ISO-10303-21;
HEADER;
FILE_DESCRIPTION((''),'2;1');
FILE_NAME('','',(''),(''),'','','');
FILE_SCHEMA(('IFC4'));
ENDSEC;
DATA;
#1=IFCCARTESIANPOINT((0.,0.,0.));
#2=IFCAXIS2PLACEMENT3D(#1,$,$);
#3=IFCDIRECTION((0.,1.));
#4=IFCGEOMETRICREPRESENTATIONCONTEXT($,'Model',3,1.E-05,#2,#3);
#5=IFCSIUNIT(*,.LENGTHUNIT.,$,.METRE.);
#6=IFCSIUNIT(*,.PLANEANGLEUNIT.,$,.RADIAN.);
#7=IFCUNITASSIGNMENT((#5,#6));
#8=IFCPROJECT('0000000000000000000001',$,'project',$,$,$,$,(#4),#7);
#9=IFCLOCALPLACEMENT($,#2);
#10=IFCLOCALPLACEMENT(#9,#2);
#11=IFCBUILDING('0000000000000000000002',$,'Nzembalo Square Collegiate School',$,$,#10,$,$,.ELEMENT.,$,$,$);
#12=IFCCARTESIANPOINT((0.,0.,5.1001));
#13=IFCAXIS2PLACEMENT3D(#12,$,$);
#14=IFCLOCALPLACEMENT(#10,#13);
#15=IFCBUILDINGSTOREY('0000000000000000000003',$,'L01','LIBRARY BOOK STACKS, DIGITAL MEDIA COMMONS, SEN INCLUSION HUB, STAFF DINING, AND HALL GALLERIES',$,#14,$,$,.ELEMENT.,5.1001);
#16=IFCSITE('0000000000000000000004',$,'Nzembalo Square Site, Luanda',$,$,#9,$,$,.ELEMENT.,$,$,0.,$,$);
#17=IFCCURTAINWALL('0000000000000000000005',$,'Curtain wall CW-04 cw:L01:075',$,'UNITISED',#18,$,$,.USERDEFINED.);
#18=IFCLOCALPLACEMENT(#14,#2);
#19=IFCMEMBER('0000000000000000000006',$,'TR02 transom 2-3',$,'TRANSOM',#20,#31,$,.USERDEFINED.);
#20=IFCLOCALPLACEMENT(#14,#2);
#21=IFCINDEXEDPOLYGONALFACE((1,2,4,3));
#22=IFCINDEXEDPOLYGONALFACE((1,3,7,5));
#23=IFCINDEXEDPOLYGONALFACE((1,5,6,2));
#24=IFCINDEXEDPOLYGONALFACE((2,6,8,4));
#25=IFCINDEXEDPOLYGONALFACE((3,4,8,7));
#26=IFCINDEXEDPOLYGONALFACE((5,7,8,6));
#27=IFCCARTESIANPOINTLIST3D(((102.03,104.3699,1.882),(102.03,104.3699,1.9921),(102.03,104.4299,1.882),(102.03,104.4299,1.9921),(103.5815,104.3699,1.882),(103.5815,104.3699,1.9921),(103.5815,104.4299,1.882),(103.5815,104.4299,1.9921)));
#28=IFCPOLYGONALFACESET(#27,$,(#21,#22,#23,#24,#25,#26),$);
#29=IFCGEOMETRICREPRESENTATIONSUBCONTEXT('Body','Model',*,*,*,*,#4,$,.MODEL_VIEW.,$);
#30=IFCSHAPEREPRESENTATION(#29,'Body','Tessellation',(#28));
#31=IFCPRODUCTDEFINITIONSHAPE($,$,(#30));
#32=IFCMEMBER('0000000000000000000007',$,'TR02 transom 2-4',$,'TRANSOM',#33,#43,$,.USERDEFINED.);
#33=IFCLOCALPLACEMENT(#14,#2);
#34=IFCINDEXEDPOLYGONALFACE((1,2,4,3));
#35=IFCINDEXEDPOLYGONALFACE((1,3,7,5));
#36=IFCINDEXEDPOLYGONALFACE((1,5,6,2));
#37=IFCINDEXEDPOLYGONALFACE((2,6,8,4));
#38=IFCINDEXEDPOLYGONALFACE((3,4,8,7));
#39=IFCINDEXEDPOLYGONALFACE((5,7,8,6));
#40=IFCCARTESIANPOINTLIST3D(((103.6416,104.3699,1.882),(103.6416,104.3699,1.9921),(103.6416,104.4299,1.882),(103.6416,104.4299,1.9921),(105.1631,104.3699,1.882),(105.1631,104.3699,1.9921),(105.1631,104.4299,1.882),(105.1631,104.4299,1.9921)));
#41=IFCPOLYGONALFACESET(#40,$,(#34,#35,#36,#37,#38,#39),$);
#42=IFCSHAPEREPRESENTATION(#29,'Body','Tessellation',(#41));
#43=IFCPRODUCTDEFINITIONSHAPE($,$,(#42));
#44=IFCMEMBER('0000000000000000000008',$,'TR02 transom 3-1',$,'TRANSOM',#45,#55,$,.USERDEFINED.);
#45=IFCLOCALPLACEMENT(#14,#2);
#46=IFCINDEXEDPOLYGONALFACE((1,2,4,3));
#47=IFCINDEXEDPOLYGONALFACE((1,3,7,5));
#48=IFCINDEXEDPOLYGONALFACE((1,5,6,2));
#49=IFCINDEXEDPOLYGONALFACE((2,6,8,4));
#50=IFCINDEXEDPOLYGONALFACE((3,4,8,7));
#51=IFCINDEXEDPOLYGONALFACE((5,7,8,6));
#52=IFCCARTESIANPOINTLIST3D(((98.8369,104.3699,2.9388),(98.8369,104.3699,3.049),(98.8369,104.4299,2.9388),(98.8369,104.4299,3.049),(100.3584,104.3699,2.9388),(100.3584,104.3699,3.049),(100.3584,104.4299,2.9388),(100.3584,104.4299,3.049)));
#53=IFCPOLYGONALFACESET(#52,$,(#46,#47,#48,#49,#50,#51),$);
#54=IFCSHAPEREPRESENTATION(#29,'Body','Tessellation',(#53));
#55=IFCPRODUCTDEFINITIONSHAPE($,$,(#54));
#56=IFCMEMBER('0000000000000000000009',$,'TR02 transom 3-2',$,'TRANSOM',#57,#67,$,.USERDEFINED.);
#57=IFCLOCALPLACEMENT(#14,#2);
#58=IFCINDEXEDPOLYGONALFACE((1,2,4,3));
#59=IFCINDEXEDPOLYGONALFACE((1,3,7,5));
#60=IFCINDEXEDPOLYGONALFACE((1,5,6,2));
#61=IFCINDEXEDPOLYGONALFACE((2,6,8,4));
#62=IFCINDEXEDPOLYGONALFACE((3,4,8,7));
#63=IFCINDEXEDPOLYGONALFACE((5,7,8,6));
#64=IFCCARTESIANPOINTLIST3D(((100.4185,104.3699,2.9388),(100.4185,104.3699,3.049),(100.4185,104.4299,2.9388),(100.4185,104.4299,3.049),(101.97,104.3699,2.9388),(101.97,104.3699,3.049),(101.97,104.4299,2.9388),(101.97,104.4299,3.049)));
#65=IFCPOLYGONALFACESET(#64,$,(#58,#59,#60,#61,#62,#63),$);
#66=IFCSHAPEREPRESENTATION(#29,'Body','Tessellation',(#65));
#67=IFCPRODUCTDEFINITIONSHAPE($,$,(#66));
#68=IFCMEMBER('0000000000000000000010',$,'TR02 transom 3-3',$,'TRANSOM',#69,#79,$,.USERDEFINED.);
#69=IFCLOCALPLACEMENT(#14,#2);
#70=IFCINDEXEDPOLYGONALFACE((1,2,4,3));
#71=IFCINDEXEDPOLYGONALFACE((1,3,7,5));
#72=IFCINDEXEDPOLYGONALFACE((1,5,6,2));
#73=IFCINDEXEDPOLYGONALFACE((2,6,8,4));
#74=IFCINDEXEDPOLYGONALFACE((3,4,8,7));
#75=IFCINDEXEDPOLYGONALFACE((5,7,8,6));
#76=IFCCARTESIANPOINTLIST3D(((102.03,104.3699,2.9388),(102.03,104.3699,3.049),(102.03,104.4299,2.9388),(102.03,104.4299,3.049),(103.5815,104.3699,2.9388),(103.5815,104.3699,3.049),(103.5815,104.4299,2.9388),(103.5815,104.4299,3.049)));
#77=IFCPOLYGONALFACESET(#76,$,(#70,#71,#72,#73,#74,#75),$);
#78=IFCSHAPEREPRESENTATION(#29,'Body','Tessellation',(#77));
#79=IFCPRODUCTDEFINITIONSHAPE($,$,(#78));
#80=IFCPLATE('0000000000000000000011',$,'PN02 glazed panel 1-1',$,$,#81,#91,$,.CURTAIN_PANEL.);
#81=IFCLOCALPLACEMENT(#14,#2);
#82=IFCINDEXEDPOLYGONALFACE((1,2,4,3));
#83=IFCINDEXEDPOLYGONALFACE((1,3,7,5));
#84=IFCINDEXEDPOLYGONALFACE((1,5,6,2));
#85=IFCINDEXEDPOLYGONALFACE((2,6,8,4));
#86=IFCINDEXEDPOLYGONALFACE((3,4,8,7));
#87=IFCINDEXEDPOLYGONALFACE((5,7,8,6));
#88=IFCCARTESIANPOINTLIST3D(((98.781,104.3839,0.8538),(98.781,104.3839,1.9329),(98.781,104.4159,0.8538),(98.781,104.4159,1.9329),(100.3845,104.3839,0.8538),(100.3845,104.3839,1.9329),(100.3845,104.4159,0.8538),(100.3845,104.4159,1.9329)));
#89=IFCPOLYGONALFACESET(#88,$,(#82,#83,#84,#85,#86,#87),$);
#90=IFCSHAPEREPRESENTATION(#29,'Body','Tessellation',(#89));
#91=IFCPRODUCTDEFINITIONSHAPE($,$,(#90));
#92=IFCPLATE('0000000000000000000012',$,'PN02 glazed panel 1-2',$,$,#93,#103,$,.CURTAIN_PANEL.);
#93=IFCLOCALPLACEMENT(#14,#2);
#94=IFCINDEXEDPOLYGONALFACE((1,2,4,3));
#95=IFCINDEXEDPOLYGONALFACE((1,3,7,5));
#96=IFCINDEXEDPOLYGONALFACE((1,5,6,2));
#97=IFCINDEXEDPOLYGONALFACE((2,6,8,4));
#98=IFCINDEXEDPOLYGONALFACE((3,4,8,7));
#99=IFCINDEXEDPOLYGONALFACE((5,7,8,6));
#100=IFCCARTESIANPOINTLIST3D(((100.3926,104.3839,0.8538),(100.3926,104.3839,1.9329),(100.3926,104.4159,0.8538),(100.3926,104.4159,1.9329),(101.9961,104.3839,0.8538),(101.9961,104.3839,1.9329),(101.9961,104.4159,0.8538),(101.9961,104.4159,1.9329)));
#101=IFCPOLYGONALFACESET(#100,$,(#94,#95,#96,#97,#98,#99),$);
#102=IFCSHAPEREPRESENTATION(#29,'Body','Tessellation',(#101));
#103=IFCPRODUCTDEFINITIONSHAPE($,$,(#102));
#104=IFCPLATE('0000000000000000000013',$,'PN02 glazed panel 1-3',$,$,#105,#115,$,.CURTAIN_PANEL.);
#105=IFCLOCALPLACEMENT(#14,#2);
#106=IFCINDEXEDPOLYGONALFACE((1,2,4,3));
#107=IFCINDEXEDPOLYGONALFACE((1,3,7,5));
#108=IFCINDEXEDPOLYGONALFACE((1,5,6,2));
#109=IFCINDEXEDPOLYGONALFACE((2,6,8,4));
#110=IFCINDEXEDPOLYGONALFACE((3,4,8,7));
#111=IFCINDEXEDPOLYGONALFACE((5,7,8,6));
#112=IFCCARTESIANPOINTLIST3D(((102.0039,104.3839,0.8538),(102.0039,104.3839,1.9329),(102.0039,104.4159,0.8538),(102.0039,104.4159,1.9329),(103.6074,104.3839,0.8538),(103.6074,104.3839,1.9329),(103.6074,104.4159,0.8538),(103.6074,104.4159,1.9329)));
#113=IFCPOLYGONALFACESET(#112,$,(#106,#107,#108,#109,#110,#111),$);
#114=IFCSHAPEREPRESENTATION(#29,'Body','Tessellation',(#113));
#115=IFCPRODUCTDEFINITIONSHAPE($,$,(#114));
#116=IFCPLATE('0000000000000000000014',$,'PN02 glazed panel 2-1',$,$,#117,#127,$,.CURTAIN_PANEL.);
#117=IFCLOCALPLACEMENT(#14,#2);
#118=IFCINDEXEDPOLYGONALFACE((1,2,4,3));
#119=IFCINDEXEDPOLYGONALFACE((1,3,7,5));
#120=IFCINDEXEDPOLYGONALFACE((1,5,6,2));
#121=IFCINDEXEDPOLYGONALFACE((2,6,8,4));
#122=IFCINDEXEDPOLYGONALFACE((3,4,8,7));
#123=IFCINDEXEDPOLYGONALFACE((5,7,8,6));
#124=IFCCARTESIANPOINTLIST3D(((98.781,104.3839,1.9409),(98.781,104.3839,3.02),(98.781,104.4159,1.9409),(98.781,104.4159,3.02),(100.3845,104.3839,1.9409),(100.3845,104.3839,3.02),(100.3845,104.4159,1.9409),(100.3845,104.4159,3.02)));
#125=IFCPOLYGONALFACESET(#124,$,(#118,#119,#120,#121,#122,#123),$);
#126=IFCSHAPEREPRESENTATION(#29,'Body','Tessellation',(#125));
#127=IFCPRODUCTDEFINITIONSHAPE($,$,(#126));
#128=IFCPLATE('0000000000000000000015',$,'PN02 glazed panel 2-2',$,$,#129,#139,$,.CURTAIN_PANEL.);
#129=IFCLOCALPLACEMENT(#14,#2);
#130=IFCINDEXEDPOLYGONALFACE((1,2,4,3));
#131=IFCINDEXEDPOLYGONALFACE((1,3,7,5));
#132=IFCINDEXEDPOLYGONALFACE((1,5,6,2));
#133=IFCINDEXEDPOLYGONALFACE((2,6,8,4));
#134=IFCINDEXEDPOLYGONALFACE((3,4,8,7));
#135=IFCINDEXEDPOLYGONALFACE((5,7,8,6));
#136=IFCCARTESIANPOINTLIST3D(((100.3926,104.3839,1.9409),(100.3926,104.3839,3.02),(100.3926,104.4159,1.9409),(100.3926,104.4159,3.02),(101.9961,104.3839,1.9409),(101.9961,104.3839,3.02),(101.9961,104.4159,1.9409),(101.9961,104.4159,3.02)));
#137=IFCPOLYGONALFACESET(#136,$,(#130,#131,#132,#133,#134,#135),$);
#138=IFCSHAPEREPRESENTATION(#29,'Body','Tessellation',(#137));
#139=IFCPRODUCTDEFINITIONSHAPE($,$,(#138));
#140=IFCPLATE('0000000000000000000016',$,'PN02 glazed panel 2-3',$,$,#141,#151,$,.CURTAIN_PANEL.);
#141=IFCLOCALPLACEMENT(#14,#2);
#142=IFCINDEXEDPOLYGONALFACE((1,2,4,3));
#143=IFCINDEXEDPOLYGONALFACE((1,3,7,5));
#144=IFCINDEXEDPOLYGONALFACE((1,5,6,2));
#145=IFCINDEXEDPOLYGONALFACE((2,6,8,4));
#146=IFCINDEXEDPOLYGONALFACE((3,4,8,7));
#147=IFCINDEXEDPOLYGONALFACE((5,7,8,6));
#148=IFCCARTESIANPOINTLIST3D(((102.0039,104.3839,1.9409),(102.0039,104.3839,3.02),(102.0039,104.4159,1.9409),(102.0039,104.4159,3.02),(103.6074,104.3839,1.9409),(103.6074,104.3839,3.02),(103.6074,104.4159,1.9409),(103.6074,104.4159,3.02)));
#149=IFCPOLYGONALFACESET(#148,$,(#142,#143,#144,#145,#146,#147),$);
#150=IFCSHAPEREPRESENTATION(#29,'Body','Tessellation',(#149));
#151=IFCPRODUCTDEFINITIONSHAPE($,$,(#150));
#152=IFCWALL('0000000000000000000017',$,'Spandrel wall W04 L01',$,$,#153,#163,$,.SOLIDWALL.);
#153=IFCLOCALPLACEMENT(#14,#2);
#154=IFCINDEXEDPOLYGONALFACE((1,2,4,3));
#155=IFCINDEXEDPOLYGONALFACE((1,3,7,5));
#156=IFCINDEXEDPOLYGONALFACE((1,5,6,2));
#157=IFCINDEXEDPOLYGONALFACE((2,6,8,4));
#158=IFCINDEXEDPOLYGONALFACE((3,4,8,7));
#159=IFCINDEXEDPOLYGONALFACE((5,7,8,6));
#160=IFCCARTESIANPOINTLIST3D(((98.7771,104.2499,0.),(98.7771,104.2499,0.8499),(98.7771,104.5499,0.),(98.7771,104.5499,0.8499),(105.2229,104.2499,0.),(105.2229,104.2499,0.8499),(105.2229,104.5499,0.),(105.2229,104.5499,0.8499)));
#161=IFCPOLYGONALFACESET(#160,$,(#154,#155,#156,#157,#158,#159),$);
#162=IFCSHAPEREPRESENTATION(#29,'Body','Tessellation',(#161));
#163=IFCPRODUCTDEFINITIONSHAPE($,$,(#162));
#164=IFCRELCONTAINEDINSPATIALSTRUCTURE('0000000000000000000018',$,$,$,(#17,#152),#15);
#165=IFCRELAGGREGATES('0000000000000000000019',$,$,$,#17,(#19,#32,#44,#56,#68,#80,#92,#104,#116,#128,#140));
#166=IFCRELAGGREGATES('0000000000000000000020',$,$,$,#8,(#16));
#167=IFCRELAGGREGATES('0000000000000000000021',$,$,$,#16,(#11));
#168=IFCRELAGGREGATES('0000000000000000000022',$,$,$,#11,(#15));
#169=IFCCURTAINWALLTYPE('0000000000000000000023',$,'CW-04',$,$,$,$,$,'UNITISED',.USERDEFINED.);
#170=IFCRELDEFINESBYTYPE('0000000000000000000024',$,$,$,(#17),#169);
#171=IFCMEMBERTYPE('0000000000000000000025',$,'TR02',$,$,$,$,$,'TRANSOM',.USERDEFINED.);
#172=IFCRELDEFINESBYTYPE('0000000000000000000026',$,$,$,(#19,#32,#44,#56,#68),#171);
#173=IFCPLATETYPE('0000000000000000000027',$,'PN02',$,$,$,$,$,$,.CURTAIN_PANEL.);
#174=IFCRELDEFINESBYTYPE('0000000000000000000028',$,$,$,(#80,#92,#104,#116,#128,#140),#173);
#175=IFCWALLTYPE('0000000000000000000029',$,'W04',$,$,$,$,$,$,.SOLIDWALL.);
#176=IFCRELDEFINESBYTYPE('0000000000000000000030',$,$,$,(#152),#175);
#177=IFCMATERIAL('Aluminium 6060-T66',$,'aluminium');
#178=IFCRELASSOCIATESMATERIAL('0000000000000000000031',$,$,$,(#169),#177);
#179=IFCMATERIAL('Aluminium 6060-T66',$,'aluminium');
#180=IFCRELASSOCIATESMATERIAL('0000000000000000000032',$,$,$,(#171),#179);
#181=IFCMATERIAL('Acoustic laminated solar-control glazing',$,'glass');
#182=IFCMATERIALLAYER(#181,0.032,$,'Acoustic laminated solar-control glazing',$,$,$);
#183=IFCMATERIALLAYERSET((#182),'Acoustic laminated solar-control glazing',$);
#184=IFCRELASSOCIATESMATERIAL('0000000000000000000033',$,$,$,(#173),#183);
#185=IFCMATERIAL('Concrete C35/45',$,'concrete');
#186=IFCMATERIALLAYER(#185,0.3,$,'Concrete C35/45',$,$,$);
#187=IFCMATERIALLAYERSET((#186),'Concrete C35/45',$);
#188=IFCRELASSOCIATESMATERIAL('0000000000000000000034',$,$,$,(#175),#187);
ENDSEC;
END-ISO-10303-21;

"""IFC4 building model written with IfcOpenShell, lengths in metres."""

from ifc_helpers import new_model, si_unit, direction, frame, frame_2d, origin, origin_2d, place, context, subcontext, project, spatial, rectangle, extrude, material, layer, layer_set, material_profile, profile_set, type_object, element, aggregate, save


model = new_model("IFC4")

# Units and contexts
model_context = context("Model", 3, precision=1e-05, world=origin(), true_north=direction((0.0, 1.0)))
body_context = subcontext(model_context, "Body", "Model", "MODEL_VIEW")
ifc_project = project(units=[si_unit("LENGTHUNIT", "METRE"), si_unit("PLANEANGLEUNIT", "RADIAN")], contexts=[model_context])

# Site, building, storey
site_placement = place(None, origin())
site = spatial("IfcSite", under=ifc_project, at=site_placement, Name="Nzembalo Square Site, Luanda", CompositionType="ELEMENT", RefElevation=0.0)
building_placement = place(site_placement, origin())
building = spatial("IfcBuilding", under=site, at=building_placement, Name="Nzembalo Square Collegiate School", CompositionType="ELEMENT")
storey_placement = place(building_placement, frame((0.0, 0.0, 5.1001)))
storey = spatial("IfcBuildingStorey", under=building, at=storey_placement, Name="L01", Description="LIBRARY BOOK STACKS, DIGITAL MEDIA COMMONS, SEN INCLUSION HUB, STAFF DINING, AND HALL GALLERIES", CompositionType="ELEMENT", Elevation=5.1001)

# Curtain wall, members, plates
ifc_material_1 = material(Name="Aluminium 6060-T66", Category="aluminium")
curtain_wall_type_1 = type_object("IfcCurtainWallType", Name="CW-04", ElementType="UNITISED", PredefinedType="USERDEFINED", material=ifc_material_1)
curtain_wall_1_placement = place(storey_placement, origin())
curtain_wall_1 = element("IfcCurtainWall", 1, at=curtain_wall_1_placement, inside=storey, type_object=curtain_wall_type_1, Name="Curtain wall CW-04 cw:L01:075", ObjectType="UNITISED", PredefinedType="USERDEFINED")
ifc_material_2 = material(Name="Aluminium 6060-T66", Category="aluminium")
ifc_material_profile_1 = material_profile(ifc_material_2, rectangle(XDim=0.0601, YDim=0.1101, at=origin_2d()), Name="ALU T60x110")
ifc_profile_set_1 = profile_set([ifc_material_profile_1], Name="Aluminium 6060-T66")
member_type_1 = type_object("IfcMemberType", Name="TR02", ElementType="TRANSOM", PredefinedType="USERDEFINED", material=ifc_profile_set_1)
member_1_placement = place(storey_placement, frame((102.03, 104.3999, 1.937), z_axis=(1.0, 0.0, 0.0), x_axis=(0.0, 1.0, 0.0)))
member_1 = element("IfcMember", 2, at=member_1_placement, type_object=member_type_1, Name="TR02 transom 2-3", ObjectType="TRANSOM", PredefinedType="USERDEFINED", context=body_context, shape_type="SweptSolid", body=[
    extrude(rectangle(XDim=0.0601, YDim=0.1101, at=origin_2d()), origin(), (0.0, 0.0, 1.0), 1.5515),
])
member_2_placement = place(storey_placement, frame((103.6416, 104.3999, 1.937), z_axis=(1.0, 0.0, 0.0), x_axis=(0.0, 1.0, 0.0)))
member_2 = element("IfcMember", 3, at=member_2_placement, type_object=member_type_1, Name="TR02 transom 2-4", ObjectType="TRANSOM", PredefinedType="USERDEFINED", context=body_context, shape_type="SweptSolid", body=[
    extrude(rectangle(XDim=0.0601, YDim=0.1101, at=origin_2d()), origin(), (0.0, 0.0, 1.0), 1.5215),
])
member_3_placement = place(storey_placement, frame((98.8369, 104.3999, 2.9939), z_axis=(1.0, 0.0, 0.0), x_axis=(0.0, 1.0, 0.0)))
member_3 = element("IfcMember", 4, at=member_3_placement, type_object=member_type_1, Name="TR02 transom 3-1", ObjectType="TRANSOM", PredefinedType="USERDEFINED", context=body_context, shape_type="SweptSolid", body=[
    extrude(rectangle(XDim=0.0601, YDim=0.1101, at=origin_2d()), origin(), (0.0, 0.0, 1.0), 1.5215),
])
member_4_placement = place(storey_placement, frame((100.4185, 104.3999, 2.9939), z_axis=(1.0, 0.0, 0.0), x_axis=(0.0, 1.0, 0.0)))
member_4 = element("IfcMember", 5, at=member_4_placement, type_object=member_type_1, Name="TR02 transom 3-2", ObjectType="TRANSOM", PredefinedType="USERDEFINED", context=body_context, shape_type="SweptSolid", body=[
    extrude(rectangle(XDim=0.0601, YDim=0.1101, at=origin_2d()), origin(), (0.0, 0.0, 1.0), 1.5515),
])
member_5_placement = place(storey_placement, frame((102.03, 104.3999, 2.9939), z_axis=(1.0, 0.0, 0.0), x_axis=(0.0, 1.0, 0.0)))
member_5 = element("IfcMember", 6, at=member_5_placement, type_object=member_type_1, Name="TR02 transom 3-3", ObjectType="TRANSOM", PredefinedType="USERDEFINED", context=body_context, shape_type="SweptSolid", body=[
    extrude(rectangle(XDim=0.0601, YDim=0.1101, at=origin_2d()), origin(), (0.0, 0.0, 1.0), 1.5515),
])
ifc_material_3 = material(Name="Acoustic laminated solar-control glazing", Category="glass")
ifc_layer_1 = layer(ifc_material_3, 0.032, Name="Acoustic laminated solar-control glazing")
ifc_layer_set_1 = layer_set([ifc_layer_1], Name="Acoustic laminated solar-control glazing")
plate_type = type_object("IfcPlateType", Name="PN02", PredefinedType="CURTAIN_PANEL", material=ifc_layer_set_1)
plate_1_placement = place(storey_placement, frame((99.5828, 104.3999, 0.8538), z_axis=(0.0, 0.0, 1.0), x_axis=(1.0, 0.0, 0.0)))
plate_1 = element("IfcPlate", 7, at=plate_1_placement, type_object=plate_type, Name="PN02 glazed panel 1-1", PredefinedType="CURTAIN_PANEL", context=body_context, shape_type="SweptSolid", body=[
    extrude(rectangle(XDim=1.6035, YDim=0.032, at=origin_2d()), origin(), (0.0, 0.0, 1.0), 1.0791),
])
plate_2_placement = place(storey_placement, frame((101.1943, 104.3999, 0.8538), z_axis=(0.0, 0.0, 1.0), x_axis=(1.0, 0.0, 0.0)))
plate_2 = element("IfcPlate", 8, at=plate_2_placement, type_object=plate_type, Name="PN02 glazed panel 1-2", PredefinedType="CURTAIN_PANEL", context=body_context, shape_type="SweptSolid", body=[
    extrude(rectangle(XDim=1.6035, YDim=0.032, at=origin_2d()), origin(), (0.0, 0.0, 1.0), 1.0791),
])
plate_3_placement = place(storey_placement, frame((102.8057, 104.3999, 0.8538), z_axis=(0.0, 0.0, 1.0), x_axis=(1.0, 0.0, 0.0)))
plate_3 = element("IfcPlate", 9, at=plate_3_placement, type_object=plate_type, Name="PN02 glazed panel 1-3", PredefinedType="CURTAIN_PANEL", context=body_context, shape_type="SweptSolid", body=[
    extrude(rectangle(XDim=1.6035, YDim=0.032, at=origin_2d()), origin(), (0.0, 0.0, 1.0), 1.0791),
])
plate_4_placement = place(storey_placement, frame((99.5828, 104.3999, 1.9409), z_axis=(0.0, 0.0, 1.0), x_axis=(1.0, 0.0, 0.0)))
plate_4 = element("IfcPlate", 10, at=plate_4_placement, type_object=plate_type, Name="PN02 glazed panel 2-1", PredefinedType="CURTAIN_PANEL", context=body_context, shape_type="SweptSolid", body=[
    extrude(rectangle(XDim=1.6035, YDim=0.032, at=origin_2d()), origin(), (0.0, 0.0, 1.0), 1.0791),
])
plate_5_placement = place(storey_placement, frame((101.1943, 104.3999, 1.9409), z_axis=(0.0, 0.0, 1.0), x_axis=(1.0, 0.0, 0.0)))
plate_5 = element("IfcPlate", 11, at=plate_5_placement, type_object=plate_type, Name="PN02 glazed panel 2-2", PredefinedType="CURTAIN_PANEL", context=body_context, shape_type="SweptSolid", body=[
    extrude(rectangle(XDim=1.6035, YDim=0.032, at=origin_2d()), origin(), (0.0, 0.0, 1.0), 1.0791),
])
plate_6_placement = place(storey_placement, frame((102.8057, 104.3999, 1.9409), z_axis=(0.0, 0.0, 1.0), x_axis=(1.0, 0.0, 0.0)))
plate_6 = element("IfcPlate", 12, at=plate_6_placement, type_object=plate_type, Name="PN02 glazed panel 2-3", PredefinedType="CURTAIN_PANEL", context=body_context, shape_type="SweptSolid", body=[
    extrude(rectangle(XDim=1.6035, YDim=0.032, at=origin_2d()), origin(), (0.0, 0.0, 1.0), 1.0791),
])
aggregate(curtain_wall_1, [member_1, member_2, member_3, member_4, member_5, plate_1, plate_2, plate_3, plate_4, plate_5, plate_6])

# Wall
ifc_material_4 = material(Name="Concrete C35/45", Category="concrete")
ifc_layer_2 = layer(ifc_material_4, 0.3, Name="Concrete C35/45")
ifc_layer_set_2 = layer_set([ifc_layer_2], Name="Concrete C35/45")
wall_type = type_object("IfcWallType", Name="W04", PredefinedType="SOLIDWALL", material=ifc_layer_set_2)
wall_placement = place(storey_placement, frame((98.7771, 104.3999, 0.0), z_axis=(0.0, 0.0, 1.0), x_axis=(1.0, 0.0, 0.0)))
element("IfcWall", 13, at=wall_placement, inside=storey, type_object=wall_type, Name="Spandrel wall W04 L01", PredefinedType="SOLIDWALL", context=body_context, shape_type="SweptSolid", body=[
    extrude(rectangle(XDim=6.4458, YDim=0.3, at=frame_2d((3.2229, 0.0))), origin(), (0.0, 0.0, 1.0), 0.8499),
])

save(model, "model.ifc")
